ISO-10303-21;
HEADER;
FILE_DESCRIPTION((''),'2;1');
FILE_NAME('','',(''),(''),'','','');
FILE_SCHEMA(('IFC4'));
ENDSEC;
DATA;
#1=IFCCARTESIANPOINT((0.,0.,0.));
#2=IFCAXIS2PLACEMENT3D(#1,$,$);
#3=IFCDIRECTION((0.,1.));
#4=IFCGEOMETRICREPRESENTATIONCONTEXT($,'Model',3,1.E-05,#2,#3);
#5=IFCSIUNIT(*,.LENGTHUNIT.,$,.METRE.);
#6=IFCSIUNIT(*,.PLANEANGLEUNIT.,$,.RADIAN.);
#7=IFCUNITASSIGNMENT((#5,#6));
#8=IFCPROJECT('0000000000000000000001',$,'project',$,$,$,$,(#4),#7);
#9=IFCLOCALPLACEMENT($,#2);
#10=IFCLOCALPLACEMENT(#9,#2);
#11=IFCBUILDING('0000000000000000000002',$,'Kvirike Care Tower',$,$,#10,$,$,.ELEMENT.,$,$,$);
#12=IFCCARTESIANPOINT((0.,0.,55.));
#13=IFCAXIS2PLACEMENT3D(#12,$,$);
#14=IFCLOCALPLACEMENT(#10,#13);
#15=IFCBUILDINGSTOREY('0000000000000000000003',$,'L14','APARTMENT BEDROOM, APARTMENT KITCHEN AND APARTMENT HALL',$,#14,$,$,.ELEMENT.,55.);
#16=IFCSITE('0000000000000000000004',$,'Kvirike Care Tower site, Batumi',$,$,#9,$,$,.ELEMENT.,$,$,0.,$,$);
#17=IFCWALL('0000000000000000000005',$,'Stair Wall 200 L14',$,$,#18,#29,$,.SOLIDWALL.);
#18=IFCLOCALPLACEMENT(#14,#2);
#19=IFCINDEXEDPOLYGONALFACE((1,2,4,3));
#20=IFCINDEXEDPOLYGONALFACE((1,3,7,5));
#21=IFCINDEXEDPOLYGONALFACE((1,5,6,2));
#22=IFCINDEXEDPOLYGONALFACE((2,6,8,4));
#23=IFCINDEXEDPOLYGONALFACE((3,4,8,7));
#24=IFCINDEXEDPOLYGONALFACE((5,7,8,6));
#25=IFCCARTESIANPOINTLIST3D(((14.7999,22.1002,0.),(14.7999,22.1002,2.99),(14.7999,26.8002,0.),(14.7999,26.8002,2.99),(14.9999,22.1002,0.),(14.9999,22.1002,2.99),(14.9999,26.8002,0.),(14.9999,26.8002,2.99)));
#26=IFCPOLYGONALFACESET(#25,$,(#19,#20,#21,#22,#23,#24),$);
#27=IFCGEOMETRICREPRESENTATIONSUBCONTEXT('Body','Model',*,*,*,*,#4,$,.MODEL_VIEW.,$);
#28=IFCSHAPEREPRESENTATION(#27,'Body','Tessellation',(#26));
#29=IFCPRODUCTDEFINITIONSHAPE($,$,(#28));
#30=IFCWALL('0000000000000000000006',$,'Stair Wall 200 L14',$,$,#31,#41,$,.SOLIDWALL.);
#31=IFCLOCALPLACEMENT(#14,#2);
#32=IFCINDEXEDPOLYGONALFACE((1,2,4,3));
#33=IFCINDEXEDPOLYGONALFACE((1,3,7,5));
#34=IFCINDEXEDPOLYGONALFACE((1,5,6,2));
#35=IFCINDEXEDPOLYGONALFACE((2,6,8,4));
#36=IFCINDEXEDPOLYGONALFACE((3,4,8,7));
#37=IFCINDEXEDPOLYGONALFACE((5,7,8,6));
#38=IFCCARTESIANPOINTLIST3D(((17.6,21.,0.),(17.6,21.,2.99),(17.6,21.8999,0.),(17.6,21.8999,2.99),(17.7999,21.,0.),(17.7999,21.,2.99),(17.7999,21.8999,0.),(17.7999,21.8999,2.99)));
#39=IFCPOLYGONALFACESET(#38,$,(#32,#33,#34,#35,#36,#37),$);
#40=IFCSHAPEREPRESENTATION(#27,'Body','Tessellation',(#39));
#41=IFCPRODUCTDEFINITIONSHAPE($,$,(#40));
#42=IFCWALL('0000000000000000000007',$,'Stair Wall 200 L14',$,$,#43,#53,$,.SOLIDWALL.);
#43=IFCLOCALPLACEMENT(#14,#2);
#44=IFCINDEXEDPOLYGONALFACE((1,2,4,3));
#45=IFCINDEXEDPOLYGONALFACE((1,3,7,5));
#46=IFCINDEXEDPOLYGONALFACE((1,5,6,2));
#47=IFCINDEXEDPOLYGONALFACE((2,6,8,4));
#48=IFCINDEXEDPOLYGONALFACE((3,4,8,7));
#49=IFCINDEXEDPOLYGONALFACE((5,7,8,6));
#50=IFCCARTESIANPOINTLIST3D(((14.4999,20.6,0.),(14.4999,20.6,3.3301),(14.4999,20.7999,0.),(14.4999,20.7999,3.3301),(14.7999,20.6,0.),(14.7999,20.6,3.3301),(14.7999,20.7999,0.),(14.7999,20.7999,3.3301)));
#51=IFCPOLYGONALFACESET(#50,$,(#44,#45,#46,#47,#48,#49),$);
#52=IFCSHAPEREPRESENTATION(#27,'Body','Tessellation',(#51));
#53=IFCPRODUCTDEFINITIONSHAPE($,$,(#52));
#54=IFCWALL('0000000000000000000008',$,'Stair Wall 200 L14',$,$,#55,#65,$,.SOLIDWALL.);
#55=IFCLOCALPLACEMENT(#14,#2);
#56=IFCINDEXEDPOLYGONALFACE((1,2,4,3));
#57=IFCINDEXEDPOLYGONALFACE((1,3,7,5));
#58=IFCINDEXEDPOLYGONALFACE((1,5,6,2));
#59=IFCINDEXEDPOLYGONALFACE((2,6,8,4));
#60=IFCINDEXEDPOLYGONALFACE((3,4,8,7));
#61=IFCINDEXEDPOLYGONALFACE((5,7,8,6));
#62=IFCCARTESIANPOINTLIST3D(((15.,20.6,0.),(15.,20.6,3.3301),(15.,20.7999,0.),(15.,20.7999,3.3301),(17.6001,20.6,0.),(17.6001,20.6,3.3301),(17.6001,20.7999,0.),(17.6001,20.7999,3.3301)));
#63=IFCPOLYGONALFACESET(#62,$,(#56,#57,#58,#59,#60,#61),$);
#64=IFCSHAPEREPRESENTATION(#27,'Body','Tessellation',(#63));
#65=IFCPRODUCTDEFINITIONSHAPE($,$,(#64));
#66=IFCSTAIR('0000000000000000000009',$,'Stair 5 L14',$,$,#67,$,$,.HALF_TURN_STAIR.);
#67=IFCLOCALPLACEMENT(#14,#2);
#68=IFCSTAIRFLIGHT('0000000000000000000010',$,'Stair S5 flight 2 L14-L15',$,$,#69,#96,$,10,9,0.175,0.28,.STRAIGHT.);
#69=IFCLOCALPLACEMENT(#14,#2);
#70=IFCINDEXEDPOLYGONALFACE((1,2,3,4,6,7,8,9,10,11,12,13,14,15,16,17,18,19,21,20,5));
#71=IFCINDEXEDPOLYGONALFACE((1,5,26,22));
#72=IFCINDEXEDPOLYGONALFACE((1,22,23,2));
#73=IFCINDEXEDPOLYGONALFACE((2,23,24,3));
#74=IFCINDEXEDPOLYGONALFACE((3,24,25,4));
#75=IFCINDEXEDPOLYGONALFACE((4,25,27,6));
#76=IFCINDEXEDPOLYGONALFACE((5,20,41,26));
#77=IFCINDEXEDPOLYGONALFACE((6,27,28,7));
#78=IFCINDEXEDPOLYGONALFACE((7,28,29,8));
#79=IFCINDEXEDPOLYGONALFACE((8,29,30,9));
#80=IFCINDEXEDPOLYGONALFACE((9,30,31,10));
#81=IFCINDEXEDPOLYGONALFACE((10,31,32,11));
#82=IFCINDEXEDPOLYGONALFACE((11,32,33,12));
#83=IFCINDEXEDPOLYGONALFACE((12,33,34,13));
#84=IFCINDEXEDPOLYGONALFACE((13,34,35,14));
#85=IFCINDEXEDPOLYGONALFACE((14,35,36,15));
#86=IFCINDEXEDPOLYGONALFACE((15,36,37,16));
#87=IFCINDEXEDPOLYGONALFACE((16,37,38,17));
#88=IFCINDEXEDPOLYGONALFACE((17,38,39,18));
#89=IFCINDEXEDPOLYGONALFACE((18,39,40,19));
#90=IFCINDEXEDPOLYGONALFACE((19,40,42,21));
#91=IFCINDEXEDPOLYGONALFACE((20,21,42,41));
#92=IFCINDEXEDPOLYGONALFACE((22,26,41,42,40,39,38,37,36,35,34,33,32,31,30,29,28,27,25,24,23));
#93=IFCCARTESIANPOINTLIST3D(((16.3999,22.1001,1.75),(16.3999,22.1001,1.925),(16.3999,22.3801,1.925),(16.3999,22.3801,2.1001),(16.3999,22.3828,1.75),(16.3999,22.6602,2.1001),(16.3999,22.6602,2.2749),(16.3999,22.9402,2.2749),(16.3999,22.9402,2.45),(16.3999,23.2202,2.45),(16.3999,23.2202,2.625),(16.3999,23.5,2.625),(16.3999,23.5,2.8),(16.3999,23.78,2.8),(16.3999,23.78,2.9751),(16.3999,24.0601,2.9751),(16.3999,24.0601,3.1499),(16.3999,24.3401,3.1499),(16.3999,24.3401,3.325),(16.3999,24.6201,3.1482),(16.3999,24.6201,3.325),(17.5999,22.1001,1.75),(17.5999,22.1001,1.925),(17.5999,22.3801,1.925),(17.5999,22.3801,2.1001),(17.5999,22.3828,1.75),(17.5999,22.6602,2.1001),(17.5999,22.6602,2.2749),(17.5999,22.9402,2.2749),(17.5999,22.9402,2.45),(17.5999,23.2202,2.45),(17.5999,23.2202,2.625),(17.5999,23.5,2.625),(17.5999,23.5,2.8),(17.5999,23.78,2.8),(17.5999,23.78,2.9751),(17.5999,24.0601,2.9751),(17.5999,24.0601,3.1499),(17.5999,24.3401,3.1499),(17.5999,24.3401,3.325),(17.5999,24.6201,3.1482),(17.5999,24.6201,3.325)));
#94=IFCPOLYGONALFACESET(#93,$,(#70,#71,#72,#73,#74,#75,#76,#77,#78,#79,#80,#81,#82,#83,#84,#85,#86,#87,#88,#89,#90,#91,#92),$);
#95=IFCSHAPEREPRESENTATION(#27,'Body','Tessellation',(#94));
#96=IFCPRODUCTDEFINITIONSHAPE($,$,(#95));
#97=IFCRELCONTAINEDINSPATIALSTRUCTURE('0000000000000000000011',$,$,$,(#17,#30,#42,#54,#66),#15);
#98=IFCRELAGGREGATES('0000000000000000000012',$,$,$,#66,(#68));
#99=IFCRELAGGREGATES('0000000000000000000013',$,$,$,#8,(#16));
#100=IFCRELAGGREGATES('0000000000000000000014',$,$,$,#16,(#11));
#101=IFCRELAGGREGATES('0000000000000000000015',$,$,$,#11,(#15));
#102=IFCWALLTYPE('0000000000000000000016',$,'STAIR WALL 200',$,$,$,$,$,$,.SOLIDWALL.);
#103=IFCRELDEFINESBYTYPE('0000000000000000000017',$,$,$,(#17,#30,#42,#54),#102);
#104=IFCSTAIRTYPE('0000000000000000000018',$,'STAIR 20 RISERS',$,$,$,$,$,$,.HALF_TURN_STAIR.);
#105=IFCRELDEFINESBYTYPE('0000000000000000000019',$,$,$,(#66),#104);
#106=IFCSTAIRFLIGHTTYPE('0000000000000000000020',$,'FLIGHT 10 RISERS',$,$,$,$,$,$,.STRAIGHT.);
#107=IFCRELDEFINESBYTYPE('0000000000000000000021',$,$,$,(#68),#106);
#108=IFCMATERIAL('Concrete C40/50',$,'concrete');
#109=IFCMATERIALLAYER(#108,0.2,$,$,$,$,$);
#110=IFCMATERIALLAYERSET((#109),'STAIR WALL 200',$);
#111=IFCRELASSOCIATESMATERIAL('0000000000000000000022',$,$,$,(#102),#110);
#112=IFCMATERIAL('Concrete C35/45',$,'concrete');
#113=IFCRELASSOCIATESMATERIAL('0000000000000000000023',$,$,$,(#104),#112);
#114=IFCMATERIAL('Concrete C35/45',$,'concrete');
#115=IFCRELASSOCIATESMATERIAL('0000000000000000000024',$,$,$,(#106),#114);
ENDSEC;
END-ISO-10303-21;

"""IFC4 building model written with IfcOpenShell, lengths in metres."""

from ifc_helpers import new_model, si_unit, direction, frame, frame_2d, origin, place, context, subcontext, project, spatial, polyline, rectangle, outline, extrude, material, layer, layer_set, type_object, element, aggregate, save


model = new_model("IFC4")

# Units and contexts
model_context = context("Model", 3, precision=1e-05, world=origin(), true_north=direction((0.0, 1.0)))
body_context = subcontext(model_context, "Body", "Model", "MODEL_VIEW")
ifc_project = project(units=[si_unit("LENGTHUNIT", "METRE"), si_unit("PLANEANGLEUNIT", "RADIAN")], contexts=[model_context])

# Site, building, storey
site_placement = place(None, origin())
site = spatial("IfcSite", under=ifc_project, at=site_placement, Name="Kvirike Care Tower site, Batumi", CompositionType="ELEMENT", RefElevation=0.0)
building_placement = place(site_placement, origin())
building = spatial("IfcBuilding", under=site, at=building_placement, Name="Kvirike Care Tower", CompositionType="ELEMENT")
storey_placement = place(building_placement, frame((0.0, 0.0, 55.0)))
storey = spatial("IfcBuildingStorey", under=building, at=storey_placement, Name="L14", Description="APARTMENT BEDROOM, APARTMENT KITCHEN AND APARTMENT HALL", CompositionType="ELEMENT", Elevation=55.0)

# Walls
ifc_material_1 = material(Name="Concrete C40/50", Category="concrete")
ifc_layer_1 = layer(ifc_material_1, 0.2)
ifc_layer_set_1 = layer_set([ifc_layer_1], Name="STAIR WALL 200")
wall_type_1 = type_object("IfcWallType", Name="STAIR WALL 200", PredefinedType="SOLIDWALL", material=ifc_layer_set_1)
wall_1_placement = place(storey_placement, frame((14.8999, 22.1001, 0.0), z_axis=(0.0, 0.0, 1.0), x_axis=(0.0, 1.0, 0.0)))
element("IfcWall", 1, at=wall_1_placement, inside=storey, type_object=wall_type_1, Name="Stair Wall 200 L14", PredefinedType="SOLIDWALL", context=body_context, shape_type="SweptSolid", body=[
    extrude(rectangle(XDim=4.7, YDim=0.2, at=frame_2d((2.3501, 0.0))), origin(), (0.0, 0.0, 1.0), 2.99),
])
wall_2_placement = place(storey_placement, frame((17.7, 21.0, 0.0), z_axis=(0.0, 0.0, 1.0), x_axis=(0.0, 1.0, 0.0)))
element("IfcWall", 2, at=wall_2_placement, inside=storey, type_object=wall_type_1, Name="Stair Wall 200 L14", PredefinedType="SOLIDWALL", context=body_context, shape_type="SweptSolid", body=[
    extrude(rectangle(XDim=0.8999, YDim=0.2, at=frame_2d((0.45, 0.0))), origin(), (0.0, 0.0, 1.0), 2.99),
])
wall_3_placement = place(storey_placement, frame((14.5, 20.7, 0.0), z_axis=(0.0, 0.0, 1.0), x_axis=(1.0, 0.0, 0.0)))
element("IfcWall", 3, at=wall_3_placement, inside=storey, type_object=wall_type_1, Name="Stair Wall 200 L14", PredefinedType="SOLIDWALL", context=body_context, shape_type="SweptSolid", body=[
    extrude(rectangle(XDim=0.3, YDim=0.2, at=frame_2d((0.1499, 0.0))), origin(), (0.0, 0.0, 1.0), 3.3301),
])
wall_4_placement = place(storey_placement, frame((15.0, 20.7, 0.0), z_axis=(0.0, 0.0, 1.0), x_axis=(1.0, 0.0, 0.0)))
element("IfcWall", 4, at=wall_4_placement, inside=storey, type_object=wall_type_1, Name="Stair Wall 200 L14", PredefinedType="SOLIDWALL", context=body_context, shape_type="SweptSolid", body=[
    extrude(rectangle(XDim=2.6001, YDim=0.2, at=frame_2d((1.3, 0.0))), origin(), (0.0, 0.0, 1.0), 3.3301),
])

# Stair, stair flight
ifc_material_2 = material(Name="Concrete C35/45", Category="concrete")
stair_type = type_object("IfcStairType", Name="STAIR 20 RISERS", PredefinedType="HALF_TURN_STAIR", material=ifc_material_2)
stair_placement = place(storey_placement, origin())
stair = element("IfcStair", 5, at=stair_placement, inside=storey, type_object=stair_type, Name="Stair 5 L14", PredefinedType="HALF_TURN_STAIR")
ifc_material_3 = material(Name="Concrete C35/45", Category="concrete")
stair_flight_type = type_object("IfcStairFlightType", Name="FLIGHT 10 RISERS", PredefinedType="STRAIGHT", material=ifc_material_3)
stair_flight_placement = place(storey_placement, frame((17.0, 22.1001, 1.75), z_axis=(0.0, 0.0, 1.0), x_axis=(0.0, 1.0, 0.0)))
stair_flight = element("IfcStairFlight", 6, at=stair_flight_placement, type_object=stair_flight_type, Name="Stair S5 flight 2 L14-L15", NumberOfRisers=10, NumberOfTreads=9, PredefinedType="STRAIGHT", RiserHeight=0.175, TreadLength=0.28, context=body_context, shape_type="SweptSolid", body=[
    extrude(outline(polyline([(0.0, 0.0), (0.0, 0.175), (0.28, 0.175), (0.28, 0.3501), (0.5601, 0.3501), (0.5601, 0.5249), (0.8401, 0.5249), (0.8401, 0.7), (1.1201, 0.7), (1.1201, 0.875), (1.3999, 0.875), (1.3999, 1.05), (1.6799, 1.05), (1.6799, 1.2251), (1.96, 1.2251), (1.96, 1.3999), (2.24, 1.3999), (2.24, 1.575), (2.52, 1.575), (2.52, 1.75), (2.52, 1.3982), (0.2827, 0.0), (0.0, 0.0)])), frame((0.0, 0.6001, 0.0), z_axis=(0.0, -1.0, 0.0), x_axis=(1.0, 0.0, 0.0)), (0.0, 0.0, 1.0), 1.2),
])
aggregate(stair, [stair_flight])

save(model, "model.ifc")
